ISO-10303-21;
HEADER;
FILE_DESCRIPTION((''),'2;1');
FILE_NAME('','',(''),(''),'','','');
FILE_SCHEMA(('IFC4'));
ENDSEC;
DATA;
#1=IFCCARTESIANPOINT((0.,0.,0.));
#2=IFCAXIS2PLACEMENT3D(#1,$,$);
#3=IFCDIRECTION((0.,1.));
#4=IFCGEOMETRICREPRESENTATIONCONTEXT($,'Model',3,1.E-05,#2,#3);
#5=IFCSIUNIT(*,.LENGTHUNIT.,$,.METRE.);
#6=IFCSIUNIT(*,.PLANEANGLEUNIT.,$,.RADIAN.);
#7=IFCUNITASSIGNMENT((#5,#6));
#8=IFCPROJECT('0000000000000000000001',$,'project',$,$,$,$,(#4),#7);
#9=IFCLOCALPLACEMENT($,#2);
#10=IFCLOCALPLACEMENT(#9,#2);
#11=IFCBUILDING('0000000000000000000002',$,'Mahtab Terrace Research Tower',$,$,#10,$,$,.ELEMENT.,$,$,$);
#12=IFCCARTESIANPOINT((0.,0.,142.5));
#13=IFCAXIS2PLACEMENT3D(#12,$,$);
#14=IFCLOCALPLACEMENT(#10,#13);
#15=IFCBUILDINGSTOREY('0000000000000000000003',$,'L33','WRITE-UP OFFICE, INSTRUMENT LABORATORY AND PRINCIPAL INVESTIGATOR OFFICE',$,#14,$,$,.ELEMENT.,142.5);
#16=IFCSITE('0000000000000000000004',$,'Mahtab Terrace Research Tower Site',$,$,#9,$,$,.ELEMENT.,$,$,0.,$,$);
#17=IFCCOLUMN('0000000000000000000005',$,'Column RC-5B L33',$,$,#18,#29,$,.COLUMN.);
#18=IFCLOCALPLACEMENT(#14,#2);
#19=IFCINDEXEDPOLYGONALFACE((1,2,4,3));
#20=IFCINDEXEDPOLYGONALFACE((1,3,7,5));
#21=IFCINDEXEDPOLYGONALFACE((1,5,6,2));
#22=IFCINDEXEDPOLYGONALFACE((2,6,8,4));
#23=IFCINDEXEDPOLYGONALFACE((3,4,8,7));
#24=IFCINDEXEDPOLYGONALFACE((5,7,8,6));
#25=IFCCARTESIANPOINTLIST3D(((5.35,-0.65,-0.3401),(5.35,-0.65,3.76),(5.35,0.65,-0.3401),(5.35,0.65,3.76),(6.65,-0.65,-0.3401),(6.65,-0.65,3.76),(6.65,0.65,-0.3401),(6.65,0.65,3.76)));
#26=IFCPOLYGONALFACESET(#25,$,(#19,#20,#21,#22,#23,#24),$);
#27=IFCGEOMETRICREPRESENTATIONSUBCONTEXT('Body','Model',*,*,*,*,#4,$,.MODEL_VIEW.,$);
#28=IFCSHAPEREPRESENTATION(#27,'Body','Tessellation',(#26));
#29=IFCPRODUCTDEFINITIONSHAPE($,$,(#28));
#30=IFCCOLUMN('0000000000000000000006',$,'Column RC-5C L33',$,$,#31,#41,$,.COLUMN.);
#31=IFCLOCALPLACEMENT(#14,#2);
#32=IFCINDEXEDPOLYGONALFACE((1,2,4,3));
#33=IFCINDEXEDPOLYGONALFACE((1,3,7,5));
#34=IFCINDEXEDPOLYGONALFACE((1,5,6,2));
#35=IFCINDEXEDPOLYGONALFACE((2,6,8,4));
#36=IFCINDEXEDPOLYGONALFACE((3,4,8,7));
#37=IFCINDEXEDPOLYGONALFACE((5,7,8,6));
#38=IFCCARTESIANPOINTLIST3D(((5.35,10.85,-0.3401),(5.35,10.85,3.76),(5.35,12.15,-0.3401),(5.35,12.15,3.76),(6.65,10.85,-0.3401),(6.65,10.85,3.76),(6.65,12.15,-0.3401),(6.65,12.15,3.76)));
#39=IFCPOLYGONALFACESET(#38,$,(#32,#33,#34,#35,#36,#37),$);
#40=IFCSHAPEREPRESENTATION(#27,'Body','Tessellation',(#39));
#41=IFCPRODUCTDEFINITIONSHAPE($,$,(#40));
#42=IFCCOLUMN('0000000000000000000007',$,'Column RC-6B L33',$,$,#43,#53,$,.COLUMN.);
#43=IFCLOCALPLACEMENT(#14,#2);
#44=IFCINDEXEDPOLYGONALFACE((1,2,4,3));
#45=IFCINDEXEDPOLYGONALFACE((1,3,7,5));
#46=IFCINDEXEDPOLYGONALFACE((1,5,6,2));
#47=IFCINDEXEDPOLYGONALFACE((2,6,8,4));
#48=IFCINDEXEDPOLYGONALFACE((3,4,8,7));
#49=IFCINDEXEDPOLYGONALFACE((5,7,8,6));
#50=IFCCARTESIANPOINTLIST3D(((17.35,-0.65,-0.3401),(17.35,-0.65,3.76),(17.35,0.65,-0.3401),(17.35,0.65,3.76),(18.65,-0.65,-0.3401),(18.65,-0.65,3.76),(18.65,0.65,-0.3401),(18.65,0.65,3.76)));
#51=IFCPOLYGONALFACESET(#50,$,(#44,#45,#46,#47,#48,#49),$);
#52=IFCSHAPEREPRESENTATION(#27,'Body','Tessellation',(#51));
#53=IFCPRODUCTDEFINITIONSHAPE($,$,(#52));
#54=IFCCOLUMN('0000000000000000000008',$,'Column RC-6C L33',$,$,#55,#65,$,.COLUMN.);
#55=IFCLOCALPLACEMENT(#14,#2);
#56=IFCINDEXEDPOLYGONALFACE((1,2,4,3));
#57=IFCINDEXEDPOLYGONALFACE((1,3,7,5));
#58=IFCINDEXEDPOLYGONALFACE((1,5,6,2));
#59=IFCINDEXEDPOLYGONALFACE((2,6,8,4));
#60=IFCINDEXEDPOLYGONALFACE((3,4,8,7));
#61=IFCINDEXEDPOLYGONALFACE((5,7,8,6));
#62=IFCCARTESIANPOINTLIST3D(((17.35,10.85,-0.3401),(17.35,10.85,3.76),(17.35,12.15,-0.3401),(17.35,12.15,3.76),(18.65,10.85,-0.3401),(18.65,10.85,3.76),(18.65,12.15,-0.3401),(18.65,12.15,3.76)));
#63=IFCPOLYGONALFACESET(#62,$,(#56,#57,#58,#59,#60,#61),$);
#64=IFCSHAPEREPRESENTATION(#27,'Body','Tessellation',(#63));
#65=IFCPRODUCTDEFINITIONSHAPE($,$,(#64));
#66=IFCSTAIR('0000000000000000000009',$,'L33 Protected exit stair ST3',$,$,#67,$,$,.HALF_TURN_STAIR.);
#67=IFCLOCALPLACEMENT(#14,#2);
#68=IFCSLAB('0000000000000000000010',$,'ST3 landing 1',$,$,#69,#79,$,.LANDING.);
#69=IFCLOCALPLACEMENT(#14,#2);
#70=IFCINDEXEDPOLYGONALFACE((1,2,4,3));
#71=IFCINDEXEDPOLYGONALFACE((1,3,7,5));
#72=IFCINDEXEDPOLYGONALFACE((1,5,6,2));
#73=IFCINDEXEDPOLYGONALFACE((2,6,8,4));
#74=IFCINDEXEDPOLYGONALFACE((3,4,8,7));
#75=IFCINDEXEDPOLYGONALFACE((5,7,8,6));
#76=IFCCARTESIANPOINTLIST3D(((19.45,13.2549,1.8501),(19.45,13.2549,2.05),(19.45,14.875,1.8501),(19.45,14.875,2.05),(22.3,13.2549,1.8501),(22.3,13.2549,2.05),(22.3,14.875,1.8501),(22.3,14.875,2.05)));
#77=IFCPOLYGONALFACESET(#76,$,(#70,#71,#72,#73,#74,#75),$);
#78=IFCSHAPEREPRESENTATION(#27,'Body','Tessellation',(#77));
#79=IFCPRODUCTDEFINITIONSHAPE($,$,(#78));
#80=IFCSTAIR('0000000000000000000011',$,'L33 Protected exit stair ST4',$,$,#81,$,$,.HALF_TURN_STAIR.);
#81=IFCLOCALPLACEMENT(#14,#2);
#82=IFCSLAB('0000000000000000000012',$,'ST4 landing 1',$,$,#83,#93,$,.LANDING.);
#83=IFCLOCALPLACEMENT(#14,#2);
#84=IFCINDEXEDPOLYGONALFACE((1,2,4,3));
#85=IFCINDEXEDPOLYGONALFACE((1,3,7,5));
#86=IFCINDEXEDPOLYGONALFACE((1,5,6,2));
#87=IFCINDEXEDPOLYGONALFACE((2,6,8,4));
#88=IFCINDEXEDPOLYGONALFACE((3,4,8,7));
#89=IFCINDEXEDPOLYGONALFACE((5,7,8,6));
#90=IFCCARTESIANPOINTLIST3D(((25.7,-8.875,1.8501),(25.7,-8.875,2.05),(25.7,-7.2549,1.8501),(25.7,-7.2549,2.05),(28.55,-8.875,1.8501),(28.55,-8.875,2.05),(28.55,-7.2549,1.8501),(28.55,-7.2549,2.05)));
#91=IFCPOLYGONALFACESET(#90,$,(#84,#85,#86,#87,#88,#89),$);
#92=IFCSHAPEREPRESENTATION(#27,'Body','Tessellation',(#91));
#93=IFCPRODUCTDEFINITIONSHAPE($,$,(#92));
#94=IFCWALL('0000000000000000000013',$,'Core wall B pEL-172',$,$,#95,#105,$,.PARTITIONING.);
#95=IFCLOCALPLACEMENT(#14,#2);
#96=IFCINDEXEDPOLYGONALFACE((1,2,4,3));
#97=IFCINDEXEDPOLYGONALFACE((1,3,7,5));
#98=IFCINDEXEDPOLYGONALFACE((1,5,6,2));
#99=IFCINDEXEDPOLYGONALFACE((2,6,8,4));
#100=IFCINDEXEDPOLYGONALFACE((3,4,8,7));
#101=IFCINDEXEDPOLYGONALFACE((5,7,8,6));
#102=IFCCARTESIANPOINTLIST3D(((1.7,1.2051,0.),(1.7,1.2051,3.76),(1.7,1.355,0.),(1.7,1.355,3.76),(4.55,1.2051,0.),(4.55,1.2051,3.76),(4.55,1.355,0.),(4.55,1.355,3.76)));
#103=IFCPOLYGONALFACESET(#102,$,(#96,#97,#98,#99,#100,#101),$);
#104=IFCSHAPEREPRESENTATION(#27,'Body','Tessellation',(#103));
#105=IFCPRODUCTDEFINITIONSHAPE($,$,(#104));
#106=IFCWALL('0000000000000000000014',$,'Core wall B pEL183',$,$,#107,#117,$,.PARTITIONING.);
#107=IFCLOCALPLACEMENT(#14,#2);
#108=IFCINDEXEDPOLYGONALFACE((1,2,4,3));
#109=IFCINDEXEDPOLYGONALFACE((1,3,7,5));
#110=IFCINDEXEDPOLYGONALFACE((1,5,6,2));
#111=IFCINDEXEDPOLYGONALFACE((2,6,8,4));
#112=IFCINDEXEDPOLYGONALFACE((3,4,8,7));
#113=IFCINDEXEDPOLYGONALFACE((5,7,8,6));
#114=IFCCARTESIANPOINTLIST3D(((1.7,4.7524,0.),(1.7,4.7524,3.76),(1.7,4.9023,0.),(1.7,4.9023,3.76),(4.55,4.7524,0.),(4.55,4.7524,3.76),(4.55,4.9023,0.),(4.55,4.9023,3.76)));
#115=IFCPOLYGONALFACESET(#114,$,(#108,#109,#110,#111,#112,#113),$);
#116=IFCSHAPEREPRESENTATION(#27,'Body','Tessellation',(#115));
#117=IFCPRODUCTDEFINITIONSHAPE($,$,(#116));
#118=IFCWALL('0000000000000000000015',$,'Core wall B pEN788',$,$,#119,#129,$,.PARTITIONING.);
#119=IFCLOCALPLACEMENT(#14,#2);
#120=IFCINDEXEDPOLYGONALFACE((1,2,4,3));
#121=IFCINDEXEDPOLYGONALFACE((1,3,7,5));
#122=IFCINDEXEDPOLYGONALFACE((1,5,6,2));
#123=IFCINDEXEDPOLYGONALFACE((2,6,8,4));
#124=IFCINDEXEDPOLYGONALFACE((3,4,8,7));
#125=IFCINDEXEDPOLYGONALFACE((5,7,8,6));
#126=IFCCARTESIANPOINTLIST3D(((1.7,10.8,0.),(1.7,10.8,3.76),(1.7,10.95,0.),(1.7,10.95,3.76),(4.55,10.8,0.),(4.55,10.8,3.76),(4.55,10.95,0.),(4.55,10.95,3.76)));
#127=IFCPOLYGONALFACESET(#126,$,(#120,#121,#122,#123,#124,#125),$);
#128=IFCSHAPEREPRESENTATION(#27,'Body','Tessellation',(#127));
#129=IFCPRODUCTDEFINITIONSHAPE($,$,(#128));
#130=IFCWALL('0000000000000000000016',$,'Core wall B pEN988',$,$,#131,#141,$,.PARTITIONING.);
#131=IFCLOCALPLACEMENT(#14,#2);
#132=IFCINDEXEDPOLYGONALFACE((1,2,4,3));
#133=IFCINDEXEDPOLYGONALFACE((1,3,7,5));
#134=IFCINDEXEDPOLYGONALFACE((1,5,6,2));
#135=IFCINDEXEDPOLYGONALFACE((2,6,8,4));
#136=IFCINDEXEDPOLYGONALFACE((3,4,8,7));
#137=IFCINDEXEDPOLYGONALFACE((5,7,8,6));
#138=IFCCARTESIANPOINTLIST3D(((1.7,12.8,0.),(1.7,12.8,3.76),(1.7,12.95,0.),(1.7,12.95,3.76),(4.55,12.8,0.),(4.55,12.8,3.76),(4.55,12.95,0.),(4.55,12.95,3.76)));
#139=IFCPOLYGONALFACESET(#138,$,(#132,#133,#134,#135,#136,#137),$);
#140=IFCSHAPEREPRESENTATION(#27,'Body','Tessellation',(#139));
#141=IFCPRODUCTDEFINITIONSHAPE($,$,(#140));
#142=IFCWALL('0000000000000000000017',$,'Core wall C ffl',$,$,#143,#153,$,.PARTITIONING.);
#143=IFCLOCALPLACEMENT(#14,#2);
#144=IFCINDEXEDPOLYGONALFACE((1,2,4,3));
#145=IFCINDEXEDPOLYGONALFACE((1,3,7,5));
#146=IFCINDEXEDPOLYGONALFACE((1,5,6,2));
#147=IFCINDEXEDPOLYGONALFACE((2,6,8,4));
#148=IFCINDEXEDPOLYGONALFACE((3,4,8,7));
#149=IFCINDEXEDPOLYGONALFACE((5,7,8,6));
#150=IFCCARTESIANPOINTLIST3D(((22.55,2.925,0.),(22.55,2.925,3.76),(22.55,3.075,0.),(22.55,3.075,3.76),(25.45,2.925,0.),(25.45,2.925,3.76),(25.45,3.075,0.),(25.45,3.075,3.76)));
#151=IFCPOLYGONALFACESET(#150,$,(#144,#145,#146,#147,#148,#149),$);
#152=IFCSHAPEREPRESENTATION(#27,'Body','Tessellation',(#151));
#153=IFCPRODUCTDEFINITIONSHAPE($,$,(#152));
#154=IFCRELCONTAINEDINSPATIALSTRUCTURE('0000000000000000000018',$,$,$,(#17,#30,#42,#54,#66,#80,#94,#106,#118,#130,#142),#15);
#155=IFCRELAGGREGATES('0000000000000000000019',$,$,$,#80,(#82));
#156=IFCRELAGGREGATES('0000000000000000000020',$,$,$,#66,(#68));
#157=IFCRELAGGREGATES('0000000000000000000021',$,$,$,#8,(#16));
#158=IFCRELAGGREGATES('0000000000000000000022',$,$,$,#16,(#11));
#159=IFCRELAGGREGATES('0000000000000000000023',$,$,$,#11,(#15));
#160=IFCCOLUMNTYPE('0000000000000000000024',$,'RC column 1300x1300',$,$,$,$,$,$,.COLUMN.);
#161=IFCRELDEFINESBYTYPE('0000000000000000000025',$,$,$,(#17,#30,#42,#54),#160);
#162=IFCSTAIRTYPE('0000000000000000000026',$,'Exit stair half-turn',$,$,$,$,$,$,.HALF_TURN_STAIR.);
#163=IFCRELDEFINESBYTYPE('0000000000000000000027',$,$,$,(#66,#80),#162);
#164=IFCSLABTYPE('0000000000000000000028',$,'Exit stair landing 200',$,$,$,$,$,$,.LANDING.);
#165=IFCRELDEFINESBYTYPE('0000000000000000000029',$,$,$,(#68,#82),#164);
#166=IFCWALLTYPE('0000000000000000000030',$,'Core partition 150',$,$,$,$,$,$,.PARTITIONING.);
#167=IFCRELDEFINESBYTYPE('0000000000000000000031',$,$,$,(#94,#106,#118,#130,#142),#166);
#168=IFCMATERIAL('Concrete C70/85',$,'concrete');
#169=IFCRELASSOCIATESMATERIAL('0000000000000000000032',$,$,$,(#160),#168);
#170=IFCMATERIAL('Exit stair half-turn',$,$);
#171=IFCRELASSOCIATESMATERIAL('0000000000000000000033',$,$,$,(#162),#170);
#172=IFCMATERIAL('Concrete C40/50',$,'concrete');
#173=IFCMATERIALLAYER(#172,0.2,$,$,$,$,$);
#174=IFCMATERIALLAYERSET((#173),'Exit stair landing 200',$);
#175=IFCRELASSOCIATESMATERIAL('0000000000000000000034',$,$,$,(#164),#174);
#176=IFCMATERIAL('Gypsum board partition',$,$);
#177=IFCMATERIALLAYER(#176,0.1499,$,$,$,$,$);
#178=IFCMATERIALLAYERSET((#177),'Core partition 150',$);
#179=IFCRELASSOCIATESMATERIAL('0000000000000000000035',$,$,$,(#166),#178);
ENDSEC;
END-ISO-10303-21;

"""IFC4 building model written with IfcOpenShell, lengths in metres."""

from ifc_helpers import new_model, si_unit, direction, frame, frame_2d, origin, origin_2d, place, context, subcontext, project, spatial, polyline, rectangle, outline, extrude, material, layer, layer_set, material_profile, profile_set, type_object, element, aggregate, save


model = new_model("IFC4")

# Units and contexts
model_context = context("Model", 3, precision=1e-05, world=origin(), true_north=direction((0.0, 1.0)))
body_context = subcontext(model_context, "Body", "Model", "MODEL_VIEW")
ifc_project = project(units=[si_unit("LENGTHUNIT", "METRE"), si_unit("PLANEANGLEUNIT", "RADIAN")], contexts=[model_context])

# Site, building, storey
site_placement = place(None, origin())
site = spatial("IfcSite", under=ifc_project, at=site_placement, Name="Mahtab Terrace Research Tower Site", CompositionType="ELEMENT", RefElevation=0.0)
building_placement = place(site_placement, origin())
building = spatial("IfcBuilding", under=site, at=building_placement, Name="Mahtab Terrace Research Tower", CompositionType="ELEMENT")
storey_placement = place(building_placement, frame((0.0, 0.0, 142.5)))
storey = spatial("IfcBuildingStorey", under=building, at=storey_placement, Name="L33", Description="WRITE-UP OFFICE, INSTRUMENT LABORATORY AND PRINCIPAL INVESTIGATOR OFFICE", CompositionType="ELEMENT", Elevation=142.5)

# Columns
ifc_material_1 = material(Name="Concrete C70/85", Category="concrete")
ifc_material_profile = material_profile(ifc_material_1, rectangle(XDim=1.3, YDim=1.3, at=origin_2d()), Name="RC column 1300x1300")
ifc_profile_set = profile_set([ifc_material_profile], Name="Concrete C70/85")
column_type = type_object("IfcColumnType", Name="RC column 1300x1300", PredefinedType="COLUMN", material=ifc_profile_set)
for number, where, z_axis, x_axis, name in (
    (1, (6.0, 0.0, -0.3401), (0.0, 0.0, 1.0), (1.0, 0.0, 0.0), "Column RC-5B L33"),
    (2, (6.0, 11.5, -0.3401), (0.0, 0.0, 1.0), (1.0, 0.0, 0.0), "Column RC-5C L33"),
    (3, (18.0, 0.0, -0.3401), (0.0, 0.0, 1.0), (1.0, 0.0, 0.0), "Column RC-6B L33"),
    (4, (18.0, 11.5, -0.3401), (0.0, 0.0, 1.0), (1.0, 0.0, 0.0), "Column RC-6C L33"),
):
    element("IfcColumn", number, at=place(storey_placement, frame(where, z_axis=z_axis, x_axis=x_axis)), inside=storey, type_object=column_type, Name=name, PredefinedType="COLUMN", context=body_context, shape_type="SweptSolid", body=[
        extrude(rectangle(XDim=1.3, YDim=1.3, at=origin_2d()), origin(), (0.0, 0.0, 1.0), 4.1001),
    ])

# Stairs, slabs
ifc_material_2 = material(Name="Exit stair half-turn")
stair_type = type_object("IfcStairType", Name="Exit stair half-turn", PredefinedType="HALF_TURN_STAIR", material=ifc_material_2)
stair_1_placement = place(storey_placement, origin())
stair_1 = element("IfcStair", 5, at=stair_1_placement, inside=storey, type_object=stair_type, Name="L33 Protected exit stair ST3", PredefinedType="HALF_TURN_STAIR")
ifc_material_3 = material(Name="Concrete C40/50", Category="concrete")
ifc_layer_1 = layer(ifc_material_3, 0.2)
ifc_layer_set_1 = layer_set([ifc_layer_1], Name="Exit stair landing 200")
slab_type = type_object("IfcSlabType", Name="Exit stair landing 200", PredefinedType="LANDING", material=ifc_layer_set_1)
slab_1_placement = place(storey_placement, frame((0.0, 0.0, 1.8501)))
slab_1 = element("IfcSlab", 6, at=slab_1_placement, type_object=slab_type, Name="ST3 landing 1", PredefinedType="LANDING", context=body_context, shape_type="SweptSolid", body=[
    extrude(outline(polyline([(22.3, 13.2549), (22.3, 14.875), (19.45, 14.875), (19.45, 13.2549), (22.3, 13.2549)])), origin(), (0.0, 0.0, 1.0), 0.2),
])
stair_2_placement = place(storey_placement, origin())
stair_2 = element("IfcStair", 7, at=stair_2_placement, inside=storey, type_object=stair_type, Name="L33 Protected exit stair ST4", PredefinedType="HALF_TURN_STAIR")
slab_2_placement = place(storey_placement, frame((0.0, 0.0, 1.8501)))
slab_2 = element("IfcSlab", 8, at=slab_2_placement, type_object=slab_type, Name="ST4 landing 1", PredefinedType="LANDING", context=body_context, shape_type="SweptSolid", body=[
    extrude(outline(polyline([(25.7, -7.2549), (25.7, -8.875), (28.55, -8.875), (28.55, -7.2549), (25.7, -7.2549)])), origin(), (0.0, 0.0, 1.0), 0.2),
])
aggregate(stair_2, [slab_2])

# Walls
ifc_material_4 = material(Name="Gypsum board partition")
ifc_layer_2 = layer(ifc_material_4, 0.1499)
ifc_layer_set_2 = layer_set([ifc_layer_2], Name="Core partition 150")
wall_type_1 = type_object("IfcWallType", Name="Core partition 150", PredefinedType="PARTITIONING", material=ifc_layer_set_2)
for number, where, z_axis, x_axis, name in (
    (9, (1.7, 1.28, 0.0), (0.0, 0.0, 1.0), (1.0, 0.0, 0.0), "Core wall B pEL-172"),
    (10, (1.7, 4.8274, 0.0), (0.0, 0.0, 1.0), (1.0, 0.0, 0.0), "Core wall B pEL183"),
    (11, (1.7, 10.875, 0.0), (0.0, 0.0, 1.0), (1.0, 0.0, 0.0), "Core wall B pEN788"),
    (12, (1.7, 12.875, 0.0), (0.0, 0.0, 1.0), (1.0, 0.0, 0.0), "Core wall B pEN988"),
):
    element("IfcWall", number, at=place(storey_placement, frame(where, z_axis=z_axis, x_axis=x_axis)), inside=storey, type_object=wall_type_1, Name=name, PredefinedType="PARTITIONING", context=body_context, shape_type="SweptSolid", body=[
        extrude(rectangle(XDim=2.8501, YDim=0.1499, at=frame_2d((1.425, 0.0))), origin(), (0.0, 0.0, 1.0), 3.76),
    ])
wall_1_placement = place(storey_placement, frame((22.55, 3.0, 0.0), z_axis=(0.0, 0.0, 1.0), x_axis=(1.0, 0.0, 0.0)))
element("IfcWall", 13, at=wall_1_placement, inside=storey, type_object=wall_type_1, Name="Core wall C ffl", PredefinedType="PARTITIONING", context=body_context, shape_type="SweptSolid", body=[
    extrude(rectangle(XDim=2.8999, YDim=0.1499, at=frame_2d((1.45, 0.0))), origin(), (0.0, 0.0, 1.0), 3.76),
])

aggregate(stair_1, [slab_1])

save(model, "model.ifc")
